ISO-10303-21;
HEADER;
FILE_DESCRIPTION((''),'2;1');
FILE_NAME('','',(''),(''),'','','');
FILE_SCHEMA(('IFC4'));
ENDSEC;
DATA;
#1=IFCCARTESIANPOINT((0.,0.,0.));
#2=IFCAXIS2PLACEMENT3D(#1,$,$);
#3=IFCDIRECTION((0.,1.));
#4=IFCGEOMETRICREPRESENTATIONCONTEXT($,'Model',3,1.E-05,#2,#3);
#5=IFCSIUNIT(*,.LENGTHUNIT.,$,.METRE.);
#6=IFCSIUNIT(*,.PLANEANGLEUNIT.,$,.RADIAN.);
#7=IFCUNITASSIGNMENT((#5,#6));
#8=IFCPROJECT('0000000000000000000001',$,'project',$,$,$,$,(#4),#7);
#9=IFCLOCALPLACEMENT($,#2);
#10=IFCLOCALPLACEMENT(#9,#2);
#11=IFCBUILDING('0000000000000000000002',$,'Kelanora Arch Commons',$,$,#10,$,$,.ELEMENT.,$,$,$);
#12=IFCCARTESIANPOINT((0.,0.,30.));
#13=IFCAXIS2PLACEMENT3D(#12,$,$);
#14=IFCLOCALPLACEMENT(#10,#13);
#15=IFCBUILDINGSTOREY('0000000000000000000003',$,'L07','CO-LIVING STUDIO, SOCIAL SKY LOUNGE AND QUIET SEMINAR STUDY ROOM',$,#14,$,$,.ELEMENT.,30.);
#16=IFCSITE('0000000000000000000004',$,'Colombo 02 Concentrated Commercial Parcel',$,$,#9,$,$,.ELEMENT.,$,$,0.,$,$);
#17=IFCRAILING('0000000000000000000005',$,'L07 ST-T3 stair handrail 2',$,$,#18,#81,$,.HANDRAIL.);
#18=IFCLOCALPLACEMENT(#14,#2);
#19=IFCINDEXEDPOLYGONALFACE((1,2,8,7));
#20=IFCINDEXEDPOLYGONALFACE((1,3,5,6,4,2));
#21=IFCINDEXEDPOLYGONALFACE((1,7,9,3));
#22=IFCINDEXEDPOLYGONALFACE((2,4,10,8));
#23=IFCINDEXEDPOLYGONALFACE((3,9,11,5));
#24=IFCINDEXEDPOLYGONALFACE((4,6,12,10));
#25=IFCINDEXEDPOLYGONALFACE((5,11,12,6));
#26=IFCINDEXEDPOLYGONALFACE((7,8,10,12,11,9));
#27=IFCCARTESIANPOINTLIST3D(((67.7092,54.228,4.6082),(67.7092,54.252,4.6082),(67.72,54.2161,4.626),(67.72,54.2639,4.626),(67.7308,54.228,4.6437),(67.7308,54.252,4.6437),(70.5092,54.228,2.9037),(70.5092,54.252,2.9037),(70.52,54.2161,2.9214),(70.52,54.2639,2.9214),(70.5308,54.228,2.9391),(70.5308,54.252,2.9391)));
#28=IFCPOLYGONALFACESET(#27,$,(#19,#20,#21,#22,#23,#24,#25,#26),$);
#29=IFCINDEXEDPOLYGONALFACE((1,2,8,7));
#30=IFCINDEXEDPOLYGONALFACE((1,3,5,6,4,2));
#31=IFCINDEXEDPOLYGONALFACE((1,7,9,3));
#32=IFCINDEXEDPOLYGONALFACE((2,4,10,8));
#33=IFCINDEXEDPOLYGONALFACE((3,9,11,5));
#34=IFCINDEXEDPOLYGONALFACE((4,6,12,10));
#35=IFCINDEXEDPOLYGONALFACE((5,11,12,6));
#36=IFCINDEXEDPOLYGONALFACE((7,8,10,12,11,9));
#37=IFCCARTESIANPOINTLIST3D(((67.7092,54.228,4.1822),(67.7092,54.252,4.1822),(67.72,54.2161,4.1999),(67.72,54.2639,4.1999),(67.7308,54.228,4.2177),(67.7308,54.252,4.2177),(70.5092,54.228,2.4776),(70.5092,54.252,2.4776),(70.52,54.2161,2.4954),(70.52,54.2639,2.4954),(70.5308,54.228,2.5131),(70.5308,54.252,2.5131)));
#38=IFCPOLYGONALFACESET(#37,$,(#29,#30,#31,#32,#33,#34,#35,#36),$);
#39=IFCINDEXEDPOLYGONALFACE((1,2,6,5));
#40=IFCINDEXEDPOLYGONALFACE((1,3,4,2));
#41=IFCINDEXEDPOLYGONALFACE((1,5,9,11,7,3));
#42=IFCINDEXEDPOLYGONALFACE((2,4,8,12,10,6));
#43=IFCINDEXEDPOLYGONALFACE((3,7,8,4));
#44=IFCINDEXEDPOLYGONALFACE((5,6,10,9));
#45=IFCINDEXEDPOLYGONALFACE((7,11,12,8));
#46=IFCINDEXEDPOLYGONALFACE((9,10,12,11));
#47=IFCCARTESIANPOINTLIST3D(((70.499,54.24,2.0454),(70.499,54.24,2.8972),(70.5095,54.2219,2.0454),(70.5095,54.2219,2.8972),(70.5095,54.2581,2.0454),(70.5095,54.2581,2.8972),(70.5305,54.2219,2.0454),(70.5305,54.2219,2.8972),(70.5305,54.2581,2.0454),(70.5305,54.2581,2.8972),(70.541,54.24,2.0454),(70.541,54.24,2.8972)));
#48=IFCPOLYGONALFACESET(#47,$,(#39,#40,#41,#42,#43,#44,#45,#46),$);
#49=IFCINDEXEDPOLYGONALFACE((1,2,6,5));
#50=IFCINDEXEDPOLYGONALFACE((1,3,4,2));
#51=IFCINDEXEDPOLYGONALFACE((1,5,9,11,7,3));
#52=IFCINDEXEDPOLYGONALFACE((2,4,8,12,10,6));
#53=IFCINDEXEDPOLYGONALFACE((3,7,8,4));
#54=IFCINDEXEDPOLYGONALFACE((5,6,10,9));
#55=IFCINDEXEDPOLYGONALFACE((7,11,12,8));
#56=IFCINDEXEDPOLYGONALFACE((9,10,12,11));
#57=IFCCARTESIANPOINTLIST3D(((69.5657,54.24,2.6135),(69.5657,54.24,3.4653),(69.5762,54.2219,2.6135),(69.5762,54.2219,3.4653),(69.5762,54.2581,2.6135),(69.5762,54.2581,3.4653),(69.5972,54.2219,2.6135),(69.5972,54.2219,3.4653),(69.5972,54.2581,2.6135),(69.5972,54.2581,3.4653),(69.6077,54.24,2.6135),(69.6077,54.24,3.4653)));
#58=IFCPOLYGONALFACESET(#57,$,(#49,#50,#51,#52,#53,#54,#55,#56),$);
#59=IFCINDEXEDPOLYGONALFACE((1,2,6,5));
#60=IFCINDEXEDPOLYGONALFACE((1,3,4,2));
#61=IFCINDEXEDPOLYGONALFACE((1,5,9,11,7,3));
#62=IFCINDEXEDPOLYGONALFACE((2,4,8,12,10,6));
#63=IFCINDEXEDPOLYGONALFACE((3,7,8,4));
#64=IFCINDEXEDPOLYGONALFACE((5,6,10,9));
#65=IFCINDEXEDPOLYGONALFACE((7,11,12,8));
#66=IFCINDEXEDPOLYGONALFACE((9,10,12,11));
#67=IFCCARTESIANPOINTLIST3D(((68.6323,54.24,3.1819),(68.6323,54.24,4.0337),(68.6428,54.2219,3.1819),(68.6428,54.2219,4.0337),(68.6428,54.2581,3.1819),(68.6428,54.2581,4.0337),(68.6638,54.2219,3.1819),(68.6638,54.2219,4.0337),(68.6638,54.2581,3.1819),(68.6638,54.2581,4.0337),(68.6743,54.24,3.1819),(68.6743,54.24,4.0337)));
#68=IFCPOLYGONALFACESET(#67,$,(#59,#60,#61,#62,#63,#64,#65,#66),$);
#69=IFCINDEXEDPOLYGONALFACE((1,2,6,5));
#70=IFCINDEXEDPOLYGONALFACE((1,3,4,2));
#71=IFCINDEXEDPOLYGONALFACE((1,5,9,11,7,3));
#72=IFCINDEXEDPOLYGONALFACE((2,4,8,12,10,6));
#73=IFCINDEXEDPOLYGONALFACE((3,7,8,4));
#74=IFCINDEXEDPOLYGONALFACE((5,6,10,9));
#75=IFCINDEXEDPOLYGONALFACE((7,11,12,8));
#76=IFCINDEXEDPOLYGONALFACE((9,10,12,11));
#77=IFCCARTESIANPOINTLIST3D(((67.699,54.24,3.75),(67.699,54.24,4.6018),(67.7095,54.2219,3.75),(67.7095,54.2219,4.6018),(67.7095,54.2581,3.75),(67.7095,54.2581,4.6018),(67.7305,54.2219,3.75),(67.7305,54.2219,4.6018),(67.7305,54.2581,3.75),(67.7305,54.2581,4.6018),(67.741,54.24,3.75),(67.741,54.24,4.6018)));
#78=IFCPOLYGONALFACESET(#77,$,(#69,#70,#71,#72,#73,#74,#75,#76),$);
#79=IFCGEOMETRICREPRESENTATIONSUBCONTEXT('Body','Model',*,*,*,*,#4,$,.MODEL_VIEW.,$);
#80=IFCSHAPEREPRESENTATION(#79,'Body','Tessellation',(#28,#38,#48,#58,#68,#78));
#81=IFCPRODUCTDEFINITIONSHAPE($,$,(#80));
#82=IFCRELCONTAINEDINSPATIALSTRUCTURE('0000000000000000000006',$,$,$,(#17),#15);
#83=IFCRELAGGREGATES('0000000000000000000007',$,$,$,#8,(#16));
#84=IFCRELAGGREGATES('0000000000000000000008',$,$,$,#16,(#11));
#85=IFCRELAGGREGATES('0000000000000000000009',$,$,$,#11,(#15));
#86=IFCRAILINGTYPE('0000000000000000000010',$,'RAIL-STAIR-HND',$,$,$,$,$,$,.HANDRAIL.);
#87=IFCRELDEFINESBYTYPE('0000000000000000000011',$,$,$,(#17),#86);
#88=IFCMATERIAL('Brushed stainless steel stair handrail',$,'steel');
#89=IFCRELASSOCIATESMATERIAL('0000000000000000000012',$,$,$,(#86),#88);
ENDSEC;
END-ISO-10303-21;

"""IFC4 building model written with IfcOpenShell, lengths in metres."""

from ifc_helpers import new_model, si_unit, direction, frame, origin, place, context, subcontext, project, spatial, polyline, outline, extrude, material, type_object, element, save


model = new_model("IFC4")

# Units and contexts
model_context = context("Model", 3, precision=1e-05, world=origin(), true_north=direction((0.0, 1.0)))
body_context = subcontext(model_context, "Body", "Model", "MODEL_VIEW")
ifc_project = project(units=[si_unit("LENGTHUNIT", "METRE"), si_unit("PLANEANGLEUNIT", "RADIAN")], contexts=[model_context])

# Site, building, storey
site_placement = place(None, origin())
site = spatial("IfcSite", under=ifc_project, at=site_placement, Name="Colombo 02 Concentrated Commercial Parcel", CompositionType="ELEMENT", RefElevation=0.0)
building_placement = place(site_placement, origin())
building = spatial("IfcBuilding", under=site, at=building_placement, Name="Kelanora Arch Commons", CompositionType="ELEMENT")
storey_placement = place(building_placement, frame((0.0, 0.0, 30.0)))
storey = spatial("IfcBuildingStorey", under=building, at=storey_placement, Name="L07", Description="CO-LIVING STUDIO, SOCIAL SKY LOUNGE AND QUIET SEMINAR STUDY ROOM", CompositionType="ELEMENT", Elevation=30.0)

# Railing
ifc_material_1 = material(Name="Brushed stainless steel stair handrail", Category="steel")
railing_type_1 = type_object("IfcRailingType", Name="RAIL-STAIR-HND", PredefinedType="HANDRAIL", material=ifc_material_1)
railing_1_placement = place(storey_placement, frame((70.52, 54.24, 2.0454)))
element("IfcRailing", 1, at=railing_1_placement, inside=storey, type_object=railing_type_1, Name="L07 ST-T3 stair handrail 2", PredefinedType="HANDRAIL", context=body_context, shape_type="SweptSolid", body=[
    extrude(outline(polyline([(0.0239, 0.0), (0.012, 0.0208), (-0.012, 0.0208), (-0.0239, 0.0), (-0.012, -0.0208), (0.012, -0.0208), (0.0239, 0.0)])), frame((0.0, 0.0, 0.876), z_axis=(-0.85417, 0.0, 0.519994), x_axis=(0.0, -1.0, 0.0)), (0.0, 0.0, 1.0), 3.2781),
    extrude(outline(polyline([(0.0239, 0.0), (0.012, 0.0208), (-0.012, 0.0208), (-0.0239, 0.0), (-0.012, -0.0208), (0.012, -0.0208), (0.0239, 0.0)])), frame((0.0, 0.0, 0.45), z_axis=(-0.85417, 0.0, 0.519994), x_axis=(0.0, -1.0, 0.0)), (0.0, 0.0, 1.0), 3.2781),
    extrude(outline(polyline([(0.021, 0.0), (0.0105, 0.0181), (-0.0105, 0.0181), (-0.021, 0.0), (-0.0105, -0.0181), (0.0105, -0.0181), (0.021, 0.0)])), origin(), (0.0, 0.0, 1.0), 0.8518),
    extrude(outline(polyline([(0.021, 0.0), (0.0105, 0.0181), (-0.0105, 0.0181), (-0.021, 0.0), (-0.0105, -0.0181), (0.0105, -0.0181), (0.021, 0.0)])), frame((-0.9333, 0.0, 0.5681)), (0.0, 0.0, 1.0), 0.8518),
    extrude(outline(polyline([(0.021, 0.0), (0.0105, 0.0181), (-0.0105, 0.0181), (-0.021, 0.0), (-0.0105, -0.0181), (0.0105, -0.0181), (0.021, 0.0)])), frame((-1.8667, 0.0, 1.1365)), (0.0, 0.0, 1.0), 0.8518),
    extrude(outline(polyline([(0.021, 0.0), (0.0105, 0.0181), (-0.0105, 0.0181), (-0.021, 0.0), (-0.0105, -0.0181), (0.0105, -0.0181), (0.021, 0.0)])), frame((-2.8, 0.0, 1.7046)), (0.0, 0.0, 1.0), 0.8518),
])

save(model, "model.ifc")
